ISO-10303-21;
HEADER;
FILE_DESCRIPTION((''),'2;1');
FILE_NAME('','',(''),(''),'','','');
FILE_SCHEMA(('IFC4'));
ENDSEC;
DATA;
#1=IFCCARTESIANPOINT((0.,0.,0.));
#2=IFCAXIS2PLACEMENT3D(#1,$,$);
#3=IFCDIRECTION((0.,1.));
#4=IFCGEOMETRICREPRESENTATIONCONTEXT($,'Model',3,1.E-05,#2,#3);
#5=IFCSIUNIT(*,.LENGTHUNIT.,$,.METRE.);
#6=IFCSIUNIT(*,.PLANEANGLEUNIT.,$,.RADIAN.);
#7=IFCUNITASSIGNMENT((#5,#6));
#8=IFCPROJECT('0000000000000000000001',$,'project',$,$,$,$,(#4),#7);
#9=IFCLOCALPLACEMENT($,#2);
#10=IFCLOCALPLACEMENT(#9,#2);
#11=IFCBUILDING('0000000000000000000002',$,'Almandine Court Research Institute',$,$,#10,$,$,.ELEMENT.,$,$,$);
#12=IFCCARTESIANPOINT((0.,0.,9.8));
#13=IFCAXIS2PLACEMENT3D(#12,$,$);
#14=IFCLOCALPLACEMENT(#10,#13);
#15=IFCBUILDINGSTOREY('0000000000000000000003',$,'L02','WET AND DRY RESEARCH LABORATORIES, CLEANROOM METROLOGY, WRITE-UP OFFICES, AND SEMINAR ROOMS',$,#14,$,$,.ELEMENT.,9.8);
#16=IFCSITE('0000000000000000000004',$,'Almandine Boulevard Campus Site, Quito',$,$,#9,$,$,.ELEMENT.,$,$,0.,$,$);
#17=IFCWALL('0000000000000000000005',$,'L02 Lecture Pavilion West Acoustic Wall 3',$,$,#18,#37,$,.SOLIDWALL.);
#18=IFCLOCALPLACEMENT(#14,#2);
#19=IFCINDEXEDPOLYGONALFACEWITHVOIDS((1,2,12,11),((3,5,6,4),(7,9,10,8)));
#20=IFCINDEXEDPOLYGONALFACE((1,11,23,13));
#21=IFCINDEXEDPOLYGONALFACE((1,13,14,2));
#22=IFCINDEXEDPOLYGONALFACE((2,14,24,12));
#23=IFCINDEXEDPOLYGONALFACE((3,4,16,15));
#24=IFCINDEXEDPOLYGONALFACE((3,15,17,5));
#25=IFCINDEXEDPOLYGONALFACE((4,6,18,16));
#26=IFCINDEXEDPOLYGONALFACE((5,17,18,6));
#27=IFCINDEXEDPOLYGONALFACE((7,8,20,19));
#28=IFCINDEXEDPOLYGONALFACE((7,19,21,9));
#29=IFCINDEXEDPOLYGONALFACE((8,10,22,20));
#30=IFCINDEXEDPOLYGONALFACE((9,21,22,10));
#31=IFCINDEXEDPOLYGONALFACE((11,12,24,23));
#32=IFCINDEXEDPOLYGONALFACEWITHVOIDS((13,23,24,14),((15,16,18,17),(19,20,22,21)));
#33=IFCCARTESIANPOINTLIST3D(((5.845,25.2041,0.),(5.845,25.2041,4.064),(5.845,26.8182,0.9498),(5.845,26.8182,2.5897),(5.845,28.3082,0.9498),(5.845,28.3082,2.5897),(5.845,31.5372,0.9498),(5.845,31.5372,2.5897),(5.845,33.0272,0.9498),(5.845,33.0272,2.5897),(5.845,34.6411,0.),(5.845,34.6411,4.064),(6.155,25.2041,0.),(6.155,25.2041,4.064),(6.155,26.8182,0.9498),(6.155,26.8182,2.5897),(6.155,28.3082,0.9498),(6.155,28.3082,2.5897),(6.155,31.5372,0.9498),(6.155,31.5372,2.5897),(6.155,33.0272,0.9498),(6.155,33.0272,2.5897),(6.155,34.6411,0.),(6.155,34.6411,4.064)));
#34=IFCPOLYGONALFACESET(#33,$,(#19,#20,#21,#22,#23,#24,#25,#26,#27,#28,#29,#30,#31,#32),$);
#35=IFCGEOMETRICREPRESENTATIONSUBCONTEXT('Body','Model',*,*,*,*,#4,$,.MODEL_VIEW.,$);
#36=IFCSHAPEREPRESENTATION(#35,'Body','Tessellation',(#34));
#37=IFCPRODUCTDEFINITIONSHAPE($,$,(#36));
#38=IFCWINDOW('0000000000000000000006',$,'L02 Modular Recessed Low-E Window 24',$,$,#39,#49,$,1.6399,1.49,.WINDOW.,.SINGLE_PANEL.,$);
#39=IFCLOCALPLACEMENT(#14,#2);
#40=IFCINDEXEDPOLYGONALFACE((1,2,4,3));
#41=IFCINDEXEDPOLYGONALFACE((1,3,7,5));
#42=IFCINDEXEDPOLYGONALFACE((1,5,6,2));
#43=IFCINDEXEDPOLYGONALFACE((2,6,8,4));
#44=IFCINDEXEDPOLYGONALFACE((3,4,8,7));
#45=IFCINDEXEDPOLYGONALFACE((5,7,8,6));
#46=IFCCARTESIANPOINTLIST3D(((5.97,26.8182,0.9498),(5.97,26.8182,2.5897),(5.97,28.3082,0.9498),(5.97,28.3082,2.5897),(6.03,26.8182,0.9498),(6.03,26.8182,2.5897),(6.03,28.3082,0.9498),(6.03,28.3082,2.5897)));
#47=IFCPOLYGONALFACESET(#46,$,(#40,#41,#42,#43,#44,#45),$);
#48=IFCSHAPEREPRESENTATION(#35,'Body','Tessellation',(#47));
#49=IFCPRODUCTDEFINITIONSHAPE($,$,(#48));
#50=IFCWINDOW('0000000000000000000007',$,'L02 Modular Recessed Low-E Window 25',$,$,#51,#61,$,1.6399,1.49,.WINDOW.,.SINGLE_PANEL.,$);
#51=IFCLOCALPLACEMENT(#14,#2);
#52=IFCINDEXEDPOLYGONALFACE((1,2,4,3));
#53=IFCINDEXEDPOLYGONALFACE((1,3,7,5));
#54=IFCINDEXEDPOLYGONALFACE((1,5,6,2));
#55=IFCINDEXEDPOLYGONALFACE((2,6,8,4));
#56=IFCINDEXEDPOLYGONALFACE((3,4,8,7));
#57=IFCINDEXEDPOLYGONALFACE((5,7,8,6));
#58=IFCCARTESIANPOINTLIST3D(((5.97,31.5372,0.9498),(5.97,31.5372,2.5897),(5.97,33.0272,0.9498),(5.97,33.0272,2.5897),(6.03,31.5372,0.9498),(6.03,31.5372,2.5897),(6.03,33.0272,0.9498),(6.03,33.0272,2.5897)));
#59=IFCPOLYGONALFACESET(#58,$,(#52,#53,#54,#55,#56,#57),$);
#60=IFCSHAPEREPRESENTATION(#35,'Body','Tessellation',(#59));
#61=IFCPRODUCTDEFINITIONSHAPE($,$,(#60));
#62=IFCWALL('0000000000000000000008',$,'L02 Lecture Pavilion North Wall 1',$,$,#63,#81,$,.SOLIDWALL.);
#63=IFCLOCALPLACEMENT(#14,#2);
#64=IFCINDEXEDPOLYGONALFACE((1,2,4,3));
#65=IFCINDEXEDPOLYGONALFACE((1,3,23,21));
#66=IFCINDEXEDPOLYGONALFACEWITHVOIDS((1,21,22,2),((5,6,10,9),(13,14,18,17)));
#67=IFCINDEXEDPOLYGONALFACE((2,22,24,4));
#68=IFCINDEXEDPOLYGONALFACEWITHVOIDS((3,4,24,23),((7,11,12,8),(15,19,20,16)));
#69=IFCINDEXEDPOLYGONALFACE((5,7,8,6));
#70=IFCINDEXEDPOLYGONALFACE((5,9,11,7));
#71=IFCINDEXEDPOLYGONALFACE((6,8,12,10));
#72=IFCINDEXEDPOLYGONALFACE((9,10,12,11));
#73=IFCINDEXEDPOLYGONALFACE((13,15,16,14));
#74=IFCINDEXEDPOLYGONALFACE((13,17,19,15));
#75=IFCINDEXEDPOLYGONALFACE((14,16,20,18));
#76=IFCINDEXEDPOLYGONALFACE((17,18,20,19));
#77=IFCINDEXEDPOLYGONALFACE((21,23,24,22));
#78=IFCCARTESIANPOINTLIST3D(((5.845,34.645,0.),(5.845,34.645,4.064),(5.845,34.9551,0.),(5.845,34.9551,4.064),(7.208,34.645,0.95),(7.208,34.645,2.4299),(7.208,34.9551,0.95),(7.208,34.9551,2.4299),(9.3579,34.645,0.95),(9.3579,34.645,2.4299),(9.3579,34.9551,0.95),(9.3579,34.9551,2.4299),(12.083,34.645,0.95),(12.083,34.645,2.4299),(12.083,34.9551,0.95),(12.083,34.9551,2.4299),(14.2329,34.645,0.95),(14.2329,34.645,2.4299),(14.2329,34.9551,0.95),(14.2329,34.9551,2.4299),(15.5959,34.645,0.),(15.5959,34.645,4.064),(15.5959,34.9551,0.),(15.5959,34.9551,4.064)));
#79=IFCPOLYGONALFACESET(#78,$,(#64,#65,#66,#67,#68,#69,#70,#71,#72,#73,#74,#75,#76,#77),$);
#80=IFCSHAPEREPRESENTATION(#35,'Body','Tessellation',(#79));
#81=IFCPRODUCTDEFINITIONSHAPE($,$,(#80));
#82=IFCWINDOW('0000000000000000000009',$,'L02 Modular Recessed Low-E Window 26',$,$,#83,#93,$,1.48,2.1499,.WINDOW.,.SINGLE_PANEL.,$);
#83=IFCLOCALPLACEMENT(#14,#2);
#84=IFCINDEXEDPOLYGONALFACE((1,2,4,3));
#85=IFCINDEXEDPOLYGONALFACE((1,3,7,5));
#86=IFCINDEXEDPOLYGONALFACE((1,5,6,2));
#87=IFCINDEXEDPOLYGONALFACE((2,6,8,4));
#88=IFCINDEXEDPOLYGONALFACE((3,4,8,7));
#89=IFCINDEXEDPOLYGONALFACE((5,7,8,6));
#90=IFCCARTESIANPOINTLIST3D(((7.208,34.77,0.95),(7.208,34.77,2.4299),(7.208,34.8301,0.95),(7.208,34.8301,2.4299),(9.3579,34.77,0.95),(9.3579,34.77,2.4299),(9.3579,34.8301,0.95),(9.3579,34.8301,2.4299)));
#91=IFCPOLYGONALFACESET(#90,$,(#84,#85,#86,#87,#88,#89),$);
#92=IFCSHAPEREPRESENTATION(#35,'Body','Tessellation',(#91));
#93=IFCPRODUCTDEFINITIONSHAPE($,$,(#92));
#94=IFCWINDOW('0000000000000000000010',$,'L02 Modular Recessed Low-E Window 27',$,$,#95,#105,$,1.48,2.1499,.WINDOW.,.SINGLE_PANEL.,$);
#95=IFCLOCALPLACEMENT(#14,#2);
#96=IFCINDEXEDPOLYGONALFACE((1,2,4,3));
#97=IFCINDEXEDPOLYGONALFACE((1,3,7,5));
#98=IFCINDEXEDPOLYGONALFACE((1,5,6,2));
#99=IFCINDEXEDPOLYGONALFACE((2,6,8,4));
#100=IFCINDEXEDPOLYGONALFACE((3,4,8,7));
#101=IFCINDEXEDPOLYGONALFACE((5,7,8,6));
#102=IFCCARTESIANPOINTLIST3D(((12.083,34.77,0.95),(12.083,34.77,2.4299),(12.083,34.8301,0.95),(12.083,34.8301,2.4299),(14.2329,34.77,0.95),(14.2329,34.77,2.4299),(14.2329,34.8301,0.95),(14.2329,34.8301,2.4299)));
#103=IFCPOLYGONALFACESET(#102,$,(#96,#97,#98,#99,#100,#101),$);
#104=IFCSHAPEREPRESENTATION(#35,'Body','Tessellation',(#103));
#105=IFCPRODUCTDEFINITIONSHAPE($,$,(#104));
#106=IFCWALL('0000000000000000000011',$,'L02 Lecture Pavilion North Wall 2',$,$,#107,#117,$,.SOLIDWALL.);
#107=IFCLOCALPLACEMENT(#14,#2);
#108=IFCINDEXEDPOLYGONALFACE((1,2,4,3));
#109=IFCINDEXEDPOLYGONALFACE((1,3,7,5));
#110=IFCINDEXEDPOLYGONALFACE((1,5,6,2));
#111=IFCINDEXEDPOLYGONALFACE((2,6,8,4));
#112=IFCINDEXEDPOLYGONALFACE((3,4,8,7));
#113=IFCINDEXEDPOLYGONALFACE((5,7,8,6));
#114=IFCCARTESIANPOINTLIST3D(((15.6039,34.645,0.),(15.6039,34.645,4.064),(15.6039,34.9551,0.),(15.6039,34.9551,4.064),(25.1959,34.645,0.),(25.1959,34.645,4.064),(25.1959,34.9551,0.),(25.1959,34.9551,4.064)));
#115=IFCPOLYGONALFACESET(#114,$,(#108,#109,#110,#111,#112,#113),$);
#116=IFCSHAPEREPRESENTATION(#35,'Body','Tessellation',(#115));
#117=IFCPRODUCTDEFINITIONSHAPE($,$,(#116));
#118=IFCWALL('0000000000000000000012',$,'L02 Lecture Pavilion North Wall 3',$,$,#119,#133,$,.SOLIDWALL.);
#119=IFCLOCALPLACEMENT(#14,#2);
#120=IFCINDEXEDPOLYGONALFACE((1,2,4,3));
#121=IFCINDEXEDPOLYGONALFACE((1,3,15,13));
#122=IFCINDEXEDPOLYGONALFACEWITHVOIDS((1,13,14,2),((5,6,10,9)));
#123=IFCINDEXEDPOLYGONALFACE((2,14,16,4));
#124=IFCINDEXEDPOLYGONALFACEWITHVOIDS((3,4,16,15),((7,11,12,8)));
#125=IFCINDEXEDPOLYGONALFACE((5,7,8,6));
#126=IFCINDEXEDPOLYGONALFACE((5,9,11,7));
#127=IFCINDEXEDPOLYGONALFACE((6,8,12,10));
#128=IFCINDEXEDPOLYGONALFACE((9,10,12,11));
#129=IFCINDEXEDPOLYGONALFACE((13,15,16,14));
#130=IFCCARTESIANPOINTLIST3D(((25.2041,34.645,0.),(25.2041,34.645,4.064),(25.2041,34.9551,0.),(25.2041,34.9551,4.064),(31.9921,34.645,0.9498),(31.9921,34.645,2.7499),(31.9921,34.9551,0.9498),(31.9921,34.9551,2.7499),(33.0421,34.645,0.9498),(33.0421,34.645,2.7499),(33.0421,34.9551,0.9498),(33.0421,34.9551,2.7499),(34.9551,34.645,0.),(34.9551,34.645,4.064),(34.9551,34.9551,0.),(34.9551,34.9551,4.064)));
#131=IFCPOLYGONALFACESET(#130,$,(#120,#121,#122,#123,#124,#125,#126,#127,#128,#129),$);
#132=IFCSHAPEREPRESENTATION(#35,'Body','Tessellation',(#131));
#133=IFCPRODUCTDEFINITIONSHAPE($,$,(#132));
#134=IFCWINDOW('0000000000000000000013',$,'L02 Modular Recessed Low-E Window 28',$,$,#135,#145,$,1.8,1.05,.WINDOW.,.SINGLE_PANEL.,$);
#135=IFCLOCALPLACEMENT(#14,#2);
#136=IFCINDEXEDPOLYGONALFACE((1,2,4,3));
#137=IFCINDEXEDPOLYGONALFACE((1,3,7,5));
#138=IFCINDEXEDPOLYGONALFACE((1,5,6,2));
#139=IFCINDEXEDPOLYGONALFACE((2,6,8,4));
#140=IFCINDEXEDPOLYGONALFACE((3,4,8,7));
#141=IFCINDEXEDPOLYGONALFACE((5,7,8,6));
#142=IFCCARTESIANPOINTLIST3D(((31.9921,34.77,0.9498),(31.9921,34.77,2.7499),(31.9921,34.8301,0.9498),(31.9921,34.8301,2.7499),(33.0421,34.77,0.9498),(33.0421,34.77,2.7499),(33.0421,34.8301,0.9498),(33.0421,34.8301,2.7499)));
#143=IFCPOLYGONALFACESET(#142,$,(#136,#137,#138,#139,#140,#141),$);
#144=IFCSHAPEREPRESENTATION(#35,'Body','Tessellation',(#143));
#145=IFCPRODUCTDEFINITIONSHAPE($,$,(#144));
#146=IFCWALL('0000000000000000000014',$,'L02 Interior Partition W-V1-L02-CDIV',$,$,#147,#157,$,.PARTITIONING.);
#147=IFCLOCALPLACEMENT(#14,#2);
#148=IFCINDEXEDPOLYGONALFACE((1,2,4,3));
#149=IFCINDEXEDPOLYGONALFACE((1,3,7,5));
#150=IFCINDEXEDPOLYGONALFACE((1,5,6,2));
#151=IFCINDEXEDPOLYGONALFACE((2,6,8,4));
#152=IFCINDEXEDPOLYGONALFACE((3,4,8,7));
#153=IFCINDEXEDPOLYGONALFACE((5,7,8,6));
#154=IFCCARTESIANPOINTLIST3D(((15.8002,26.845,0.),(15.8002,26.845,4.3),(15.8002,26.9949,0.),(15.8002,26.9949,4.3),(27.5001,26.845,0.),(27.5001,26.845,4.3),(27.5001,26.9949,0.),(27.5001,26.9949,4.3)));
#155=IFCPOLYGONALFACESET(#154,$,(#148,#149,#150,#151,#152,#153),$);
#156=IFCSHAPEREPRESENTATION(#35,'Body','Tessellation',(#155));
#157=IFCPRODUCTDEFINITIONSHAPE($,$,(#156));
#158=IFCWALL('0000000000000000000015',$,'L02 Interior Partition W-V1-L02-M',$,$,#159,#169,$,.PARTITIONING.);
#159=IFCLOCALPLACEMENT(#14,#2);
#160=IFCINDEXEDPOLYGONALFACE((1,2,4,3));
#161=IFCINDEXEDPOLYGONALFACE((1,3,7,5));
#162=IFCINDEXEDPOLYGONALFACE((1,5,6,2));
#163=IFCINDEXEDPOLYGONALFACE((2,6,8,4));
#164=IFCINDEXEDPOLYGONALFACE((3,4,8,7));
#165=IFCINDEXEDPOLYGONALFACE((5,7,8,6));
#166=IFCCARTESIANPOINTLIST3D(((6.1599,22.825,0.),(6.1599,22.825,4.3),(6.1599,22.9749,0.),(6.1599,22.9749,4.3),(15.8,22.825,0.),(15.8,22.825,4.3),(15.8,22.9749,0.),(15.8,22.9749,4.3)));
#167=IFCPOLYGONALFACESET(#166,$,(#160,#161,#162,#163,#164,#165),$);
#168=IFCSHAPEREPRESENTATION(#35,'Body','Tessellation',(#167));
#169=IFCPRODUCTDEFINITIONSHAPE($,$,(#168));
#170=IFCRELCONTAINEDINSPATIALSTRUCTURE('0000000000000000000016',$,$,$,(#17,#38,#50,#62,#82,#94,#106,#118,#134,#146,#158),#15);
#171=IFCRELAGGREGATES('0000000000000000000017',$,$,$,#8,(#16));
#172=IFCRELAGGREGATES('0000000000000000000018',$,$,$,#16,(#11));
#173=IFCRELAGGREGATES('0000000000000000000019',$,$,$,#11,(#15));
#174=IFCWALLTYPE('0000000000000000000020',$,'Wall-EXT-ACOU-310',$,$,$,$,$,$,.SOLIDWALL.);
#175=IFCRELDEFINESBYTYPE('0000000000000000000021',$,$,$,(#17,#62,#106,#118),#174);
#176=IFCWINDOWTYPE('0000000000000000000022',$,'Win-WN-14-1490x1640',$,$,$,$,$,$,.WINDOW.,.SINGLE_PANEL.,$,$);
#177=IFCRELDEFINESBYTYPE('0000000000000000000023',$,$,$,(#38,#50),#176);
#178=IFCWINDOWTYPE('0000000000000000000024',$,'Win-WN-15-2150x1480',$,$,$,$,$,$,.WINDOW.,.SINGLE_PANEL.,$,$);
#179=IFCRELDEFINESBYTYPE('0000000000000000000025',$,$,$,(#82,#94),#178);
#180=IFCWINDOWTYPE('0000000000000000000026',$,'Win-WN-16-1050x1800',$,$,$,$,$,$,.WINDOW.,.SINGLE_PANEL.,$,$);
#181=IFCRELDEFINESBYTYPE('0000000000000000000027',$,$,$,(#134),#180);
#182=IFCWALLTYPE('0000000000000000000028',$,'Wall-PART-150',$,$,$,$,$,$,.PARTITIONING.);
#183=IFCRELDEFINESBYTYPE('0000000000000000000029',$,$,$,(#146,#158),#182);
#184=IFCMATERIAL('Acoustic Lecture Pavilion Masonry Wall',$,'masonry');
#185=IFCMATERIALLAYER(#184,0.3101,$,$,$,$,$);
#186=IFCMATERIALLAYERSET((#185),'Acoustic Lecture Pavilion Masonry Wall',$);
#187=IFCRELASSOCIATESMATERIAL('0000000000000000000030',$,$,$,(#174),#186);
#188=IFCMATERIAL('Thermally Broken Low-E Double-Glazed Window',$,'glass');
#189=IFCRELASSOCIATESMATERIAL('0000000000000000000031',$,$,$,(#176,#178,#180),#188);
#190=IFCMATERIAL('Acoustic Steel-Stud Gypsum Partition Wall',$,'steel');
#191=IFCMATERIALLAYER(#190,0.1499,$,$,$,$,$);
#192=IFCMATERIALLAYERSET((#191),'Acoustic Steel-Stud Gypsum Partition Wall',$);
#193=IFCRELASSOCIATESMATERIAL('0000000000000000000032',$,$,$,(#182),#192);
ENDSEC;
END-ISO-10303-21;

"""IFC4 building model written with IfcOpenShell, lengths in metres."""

from ifc_helpers import new_model, si_unit, direction, frame, frame_2d, origin, place, context, subcontext, project, spatial, rectangle, extrude, material, layer, layer_set, type_object, element, fill, save


model = new_model("IFC4")

# Units and contexts
model_context = context("Model", 3, precision=1e-05, world=origin(), true_north=direction((0.0, 1.0)))
body_context = subcontext(model_context, "Body", "Model", "MODEL_VIEW")
ifc_project = project(units=[si_unit("LENGTHUNIT", "METRE"), si_unit("PLANEANGLEUNIT", "RADIAN")], contexts=[model_context])

# Site, building, storey
site_placement = place(None, origin())
site = spatial("IfcSite", under=ifc_project, at=site_placement, Name="Almandine Boulevard Campus Site, Quito", CompositionType="ELEMENT", RefElevation=0.0)
building_placement = place(site_placement, origin())
building = spatial("IfcBuilding", under=site, at=building_placement, Name="Almandine Court Research Institute", CompositionType="ELEMENT")
storey_placement = place(building_placement, frame((0.0, 0.0, 9.8)))
storey = spatial("IfcBuildingStorey", under=building, at=storey_placement, Name="L02", Description="WET AND DRY RESEARCH LABORATORIES, CLEANROOM METROLOGY, WRITE-UP OFFICES, AND SEMINAR ROOMS", CompositionType="ELEMENT", Elevation=9.8)

# Shared definitions
ifc_material_1 = material(Name="Acoustic Lecture Pavilion Masonry Wall", Category="masonry")
ifc_layer_1 = layer(ifc_material_1, 0.3101)
ifc_layer_set_1 = layer_set([ifc_layer_1], Name="Acoustic Lecture Pavilion Masonry Wall")
wall_type_1 = type_object("IfcWallType", Name="Wall-EXT-ACOU-310", PredefinedType="SOLIDWALL", material=ifc_layer_set_1)

# Walls, openings, windows
wall_1_placement = place(storey_placement, frame((6.0, 25.2041, 0.0), z_axis=(0.0, 0.0, 1.0), x_axis=(0.0, 1.0, 0.0)))
wall_1 = element("IfcWall", 1, at=wall_1_placement, inside=storey, type_object=wall_type_1, Name="L02 Lecture Pavilion West Acoustic Wall 3", PredefinedType="SOLIDWALL", context=body_context, shape_type="SweptSolid", body=[
    extrude(rectangle(XDim=9.437, YDim=0.3101, at=frame_2d((4.7185, 0.0))), origin(), (0.0, 0.0, 1.0), 4.064),
])
opening_1_placement = place(wall_1_placement, frame((1.614, 0.0, 0.95)))
opening_1 = element("IfcOpeningElement", 2, at=opening_1_placement, cuts=wall_1, PredefinedType="OPENING", context=body_context, shape_type="SweptSolid", body=[
    extrude(rectangle(XDim=1.49, YDim=1.6399, at=frame_2d((0.7451, 0.8198))), frame((0.0, 0.165, 0.0), z_axis=(0.0, -1.0, 0.0), x_axis=(1.0, 0.0, 0.0)), (0.0, 0.0, 1.0), 0.3301),
])
opening_2_placement = place(wall_1_placement, frame((6.333, 0.0, 0.95)))
opening_2 = element("IfcOpeningElement", 3, at=opening_2_placement, cuts=wall_1, PredefinedType="OPENING", context=body_context, shape_type="SweptSolid", body=[
    extrude(rectangle(XDim=1.49, YDim=1.6399, at=frame_2d((0.7451, 0.8198))), frame((0.0, 0.165, 0.0), z_axis=(0.0, -1.0, 0.0), x_axis=(1.0, 0.0, 0.0)), (0.0, 0.0, 1.0), 0.3301),
])
ifc_material_2 = material(Name="Thermally Broken Low-E Double-Glazed Window", Category="glass")
window_type_1 = type_object("IfcWindowType", Name="Win-WN-14-1490x1640", PartitioningType="SINGLE_PANEL", PredefinedType="WINDOW", material=ifc_material_2)
window_1_placement = place(opening_1_placement, origin())
window_1 = element("IfcWindow", 4, at=window_1_placement, inside=storey, type_object=window_type_1, Name="L02 Modular Recessed Low-E Window 24", OverallHeight=1.6399, OverallWidth=1.49, PartitioningType="SINGLE_PANEL", PredefinedType="WINDOW", context=body_context, shape_type="SweptSolid", body=[
    extrude(rectangle(XDim=1.49, YDim=1.6399, at=frame_2d((0.7451, 0.8198))), frame((0.0, 0.03, 0.0), z_axis=(0.0, -1.0, 0.0), x_axis=(1.0, 0.0, 0.0)), (0.0, 0.0, 1.0), 0.0601),
])
fill(opening_1, window_1)
window_2_placement = place(opening_2_placement, origin())
window_2 = element("IfcWindow", 5, at=window_2_placement, inside=storey, type_object=window_type_1, Name="L02 Modular Recessed Low-E Window 25", OverallHeight=1.6399, OverallWidth=1.49, PartitioningType="SINGLE_PANEL", PredefinedType="WINDOW", context=body_context, shape_type="SweptSolid", body=[
    extrude(rectangle(XDim=1.49, YDim=1.6399, at=frame_2d((0.7451, 0.8198))), frame((0.0, 0.03, 0.0), z_axis=(0.0, -1.0, 0.0), x_axis=(1.0, 0.0, 0.0)), (0.0, 0.0, 1.0), 0.0601),
])
fill(opening_2, window_2)
wall_2_placement = place(storey_placement, frame((5.845, 34.8, 0.0), z_axis=(0.0, 0.0, 1.0), x_axis=(1.0, 0.0, 0.0)))
wall_2 = element("IfcWall", 6, at=wall_2_placement, inside=storey, type_object=wall_type_1, Name="L02 Lecture Pavilion North Wall 1", PredefinedType="SOLIDWALL", context=body_context, shape_type="SweptSolid", body=[
    extrude(rectangle(XDim=9.751, YDim=0.3101, at=frame_2d((4.8755, 0.0))), origin(), (0.0, 0.0, 1.0), 4.064),
])
opening_3_placement = place(wall_2_placement, frame((1.363, 0.0, 0.95)))
opening_3 = element("IfcOpeningElement", 7, at=opening_3_placement, cuts=wall_2, PredefinedType="OPENING", context=body_context, shape_type="SweptSolid", body=[
    extrude(rectangle(XDim=2.1499, YDim=1.48, at=frame_2d((1.075, 0.74))), frame((0.0, 0.165, 0.0), z_axis=(0.0, -1.0, 0.0), x_axis=(1.0, 0.0, 0.0)), (0.0, 0.0, 1.0), 0.3301),
])
opening_4_placement = place(wall_2_placement, frame((6.238, 0.0, 0.95)))
opening_4 = element("IfcOpeningElement", 8, at=opening_4_placement, cuts=wall_2, PredefinedType="OPENING", context=body_context, shape_type="SweptSolid", body=[
    extrude(rectangle(XDim=2.1499, YDim=1.48, at=frame_2d((1.075, 0.74))), frame((0.0, 0.165, 0.0), z_axis=(0.0, -1.0, 0.0), x_axis=(1.0, 0.0, 0.0)), (0.0, 0.0, 1.0), 0.3301),
])
window_type_2 = type_object("IfcWindowType", Name="Win-WN-15-2150x1480", PartitioningType="SINGLE_PANEL", PredefinedType="WINDOW", material=ifc_material_2)
window_3_placement = place(opening_3_placement, origin())
window_3 = element("IfcWindow", 9, at=window_3_placement, inside=storey, type_object=window_type_2, Name="L02 Modular Recessed Low-E Window 26", OverallHeight=1.48, OverallWidth=2.1499, PartitioningType="SINGLE_PANEL", PredefinedType="WINDOW", context=body_context, shape_type="SweptSolid", body=[
    extrude(rectangle(XDim=2.1499, YDim=1.48, at=frame_2d((1.075, 0.74))), frame((0.0, 0.03, 0.0), z_axis=(0.0, -1.0, 0.0), x_axis=(1.0, 0.0, 0.0)), (0.0, 0.0, 1.0), 0.0601),
])
fill(opening_3, window_3)
window_4_placement = place(opening_4_placement, origin())
window_4 = element("IfcWindow", 10, at=window_4_placement, inside=storey, type_object=window_type_2, Name="L02 Modular Recessed Low-E Window 27", OverallHeight=1.48, OverallWidth=2.1499, PartitioningType="SINGLE_PANEL", PredefinedType="WINDOW", context=body_context, shape_type="SweptSolid", body=[
    extrude(rectangle(XDim=2.1499, YDim=1.48, at=frame_2d((1.075, 0.74))), frame((0.0, 0.03, 0.0), z_axis=(0.0, -1.0, 0.0), x_axis=(1.0, 0.0, 0.0)), (0.0, 0.0, 1.0), 0.0601),
])
fill(opening_4, window_4)

# Wall
wall_3_placement = place(storey_placement, frame((15.604, 34.8, 0.0), z_axis=(0.0, 0.0, 1.0), x_axis=(1.0, 0.0, 0.0)))
element("IfcWall", 11, at=wall_3_placement, inside=storey, type_object=wall_type_1, Name="L02 Lecture Pavilion North Wall 2", PredefinedType="SOLIDWALL", context=body_context, shape_type="SweptSolid", body=[
    extrude(rectangle(XDim=9.592, YDim=0.3101, at=frame_2d((4.7959, 0.0))), origin(), (0.0, 0.0, 1.0), 4.064),
])

# Wall, opening, window
wall_4_placement = place(storey_placement, frame((25.2041, 34.8, 0.0), z_axis=(0.0, 0.0, 1.0), x_axis=(1.0, 0.0, 0.0)))
wall_4 = element("IfcWall", 12, at=wall_4_placement, inside=storey, type_object=wall_type_1, Name="L02 Lecture Pavilion North Wall 3", PredefinedType="SOLIDWALL", context=body_context, shape_type="SweptSolid", body=[
    extrude(rectangle(XDim=9.751, YDim=0.3101, at=frame_2d((4.8755, 0.0))), origin(), (0.0, 0.0, 1.0), 4.064),
])
opening_5_placement = place(wall_4_placement, frame((6.7881, 0.0, 0.95)))
opening_5 = element("IfcOpeningElement", 13, at=opening_5_placement, cuts=wall_4, PredefinedType="OPENING", context=body_context, shape_type="SweptSolid", body=[
    extrude(rectangle(XDim=1.05, YDim=1.8, at=frame_2d((0.5249, 0.8999))), frame((0.0, 0.165, 0.0), z_axis=(0.0, -1.0, 0.0), x_axis=(1.0, 0.0, 0.0)), (0.0, 0.0, 1.0), 0.3301),
])
window_type_3 = type_object("IfcWindowType", Name="Win-WN-16-1050x1800", PartitioningType="SINGLE_PANEL", PredefinedType="WINDOW", material=ifc_material_2)
window_5_placement = place(opening_5_placement, origin())
window_5 = element("IfcWindow", 14, at=window_5_placement, inside=storey, type_object=window_type_3, Name="L02 Modular Recessed Low-E Window 28", OverallHeight=1.8, OverallWidth=1.05, PartitioningType="SINGLE_PANEL", PredefinedType="WINDOW", context=body_context, shape_type="SweptSolid", body=[
    extrude(rectangle(XDim=1.05, YDim=1.8, at=frame_2d((0.5249, 0.8999))), frame((0.0, 0.03, 0.0), z_axis=(0.0, -1.0, 0.0), x_axis=(1.0, 0.0, 0.0)), (0.0, 0.0, 1.0), 0.0601),
])
fill(opening_5, window_5)

# Walls
ifc_material_3 = material(Name="Acoustic Steel-Stud Gypsum Partition Wall", Category="steel")
ifc_layer_2 = layer(ifc_material_3, 0.1499)
ifc_layer_set_2 = layer_set([ifc_layer_2], Name="Acoustic Steel-Stud Gypsum Partition Wall")
wall_type_2 = type_object("IfcWallType", Name="Wall-PART-150", PredefinedType="PARTITIONING", material=ifc_layer_set_2)
wall_5_placement = place(storey_placement, frame((15.8, 26.9199, 0.0), z_axis=(0.0, 0.0, 1.0), x_axis=(1.0, 0.0, 0.0)))
element("IfcWall", 15, at=wall_5_placement, inside=storey, type_object=wall_type_2, Name="L02 Interior Partition W-V1-L02-CDIV", PredefinedType="PARTITIONING", context=body_context, shape_type="SweptSolid", body=[
    extrude(rectangle(XDim=11.7, YDim=0.1499, at=frame_2d((5.8501, 0.0))), origin(), (0.0, 0.0, 1.0), 4.3),
])
wall_6_placement = place(storey_placement, frame((6.1599, 22.8999, 0.0), z_axis=(0.0, 0.0, 1.0), x_axis=(1.0, 0.0, 0.0)))
element("IfcWall", 16, at=wall_6_placement, inside=storey, type_object=wall_type_2, Name="L02 Interior Partition W-V1-L02-M", PredefinedType="PARTITIONING", context=body_context, shape_type="SweptSolid", body=[
    extrude(rectangle(XDim=9.6401, YDim=0.1499, at=frame_2d((4.8201, 0.0))), origin(), (0.0, 0.0, 1.0), 4.3),
])

save(model, "model.ifc")
